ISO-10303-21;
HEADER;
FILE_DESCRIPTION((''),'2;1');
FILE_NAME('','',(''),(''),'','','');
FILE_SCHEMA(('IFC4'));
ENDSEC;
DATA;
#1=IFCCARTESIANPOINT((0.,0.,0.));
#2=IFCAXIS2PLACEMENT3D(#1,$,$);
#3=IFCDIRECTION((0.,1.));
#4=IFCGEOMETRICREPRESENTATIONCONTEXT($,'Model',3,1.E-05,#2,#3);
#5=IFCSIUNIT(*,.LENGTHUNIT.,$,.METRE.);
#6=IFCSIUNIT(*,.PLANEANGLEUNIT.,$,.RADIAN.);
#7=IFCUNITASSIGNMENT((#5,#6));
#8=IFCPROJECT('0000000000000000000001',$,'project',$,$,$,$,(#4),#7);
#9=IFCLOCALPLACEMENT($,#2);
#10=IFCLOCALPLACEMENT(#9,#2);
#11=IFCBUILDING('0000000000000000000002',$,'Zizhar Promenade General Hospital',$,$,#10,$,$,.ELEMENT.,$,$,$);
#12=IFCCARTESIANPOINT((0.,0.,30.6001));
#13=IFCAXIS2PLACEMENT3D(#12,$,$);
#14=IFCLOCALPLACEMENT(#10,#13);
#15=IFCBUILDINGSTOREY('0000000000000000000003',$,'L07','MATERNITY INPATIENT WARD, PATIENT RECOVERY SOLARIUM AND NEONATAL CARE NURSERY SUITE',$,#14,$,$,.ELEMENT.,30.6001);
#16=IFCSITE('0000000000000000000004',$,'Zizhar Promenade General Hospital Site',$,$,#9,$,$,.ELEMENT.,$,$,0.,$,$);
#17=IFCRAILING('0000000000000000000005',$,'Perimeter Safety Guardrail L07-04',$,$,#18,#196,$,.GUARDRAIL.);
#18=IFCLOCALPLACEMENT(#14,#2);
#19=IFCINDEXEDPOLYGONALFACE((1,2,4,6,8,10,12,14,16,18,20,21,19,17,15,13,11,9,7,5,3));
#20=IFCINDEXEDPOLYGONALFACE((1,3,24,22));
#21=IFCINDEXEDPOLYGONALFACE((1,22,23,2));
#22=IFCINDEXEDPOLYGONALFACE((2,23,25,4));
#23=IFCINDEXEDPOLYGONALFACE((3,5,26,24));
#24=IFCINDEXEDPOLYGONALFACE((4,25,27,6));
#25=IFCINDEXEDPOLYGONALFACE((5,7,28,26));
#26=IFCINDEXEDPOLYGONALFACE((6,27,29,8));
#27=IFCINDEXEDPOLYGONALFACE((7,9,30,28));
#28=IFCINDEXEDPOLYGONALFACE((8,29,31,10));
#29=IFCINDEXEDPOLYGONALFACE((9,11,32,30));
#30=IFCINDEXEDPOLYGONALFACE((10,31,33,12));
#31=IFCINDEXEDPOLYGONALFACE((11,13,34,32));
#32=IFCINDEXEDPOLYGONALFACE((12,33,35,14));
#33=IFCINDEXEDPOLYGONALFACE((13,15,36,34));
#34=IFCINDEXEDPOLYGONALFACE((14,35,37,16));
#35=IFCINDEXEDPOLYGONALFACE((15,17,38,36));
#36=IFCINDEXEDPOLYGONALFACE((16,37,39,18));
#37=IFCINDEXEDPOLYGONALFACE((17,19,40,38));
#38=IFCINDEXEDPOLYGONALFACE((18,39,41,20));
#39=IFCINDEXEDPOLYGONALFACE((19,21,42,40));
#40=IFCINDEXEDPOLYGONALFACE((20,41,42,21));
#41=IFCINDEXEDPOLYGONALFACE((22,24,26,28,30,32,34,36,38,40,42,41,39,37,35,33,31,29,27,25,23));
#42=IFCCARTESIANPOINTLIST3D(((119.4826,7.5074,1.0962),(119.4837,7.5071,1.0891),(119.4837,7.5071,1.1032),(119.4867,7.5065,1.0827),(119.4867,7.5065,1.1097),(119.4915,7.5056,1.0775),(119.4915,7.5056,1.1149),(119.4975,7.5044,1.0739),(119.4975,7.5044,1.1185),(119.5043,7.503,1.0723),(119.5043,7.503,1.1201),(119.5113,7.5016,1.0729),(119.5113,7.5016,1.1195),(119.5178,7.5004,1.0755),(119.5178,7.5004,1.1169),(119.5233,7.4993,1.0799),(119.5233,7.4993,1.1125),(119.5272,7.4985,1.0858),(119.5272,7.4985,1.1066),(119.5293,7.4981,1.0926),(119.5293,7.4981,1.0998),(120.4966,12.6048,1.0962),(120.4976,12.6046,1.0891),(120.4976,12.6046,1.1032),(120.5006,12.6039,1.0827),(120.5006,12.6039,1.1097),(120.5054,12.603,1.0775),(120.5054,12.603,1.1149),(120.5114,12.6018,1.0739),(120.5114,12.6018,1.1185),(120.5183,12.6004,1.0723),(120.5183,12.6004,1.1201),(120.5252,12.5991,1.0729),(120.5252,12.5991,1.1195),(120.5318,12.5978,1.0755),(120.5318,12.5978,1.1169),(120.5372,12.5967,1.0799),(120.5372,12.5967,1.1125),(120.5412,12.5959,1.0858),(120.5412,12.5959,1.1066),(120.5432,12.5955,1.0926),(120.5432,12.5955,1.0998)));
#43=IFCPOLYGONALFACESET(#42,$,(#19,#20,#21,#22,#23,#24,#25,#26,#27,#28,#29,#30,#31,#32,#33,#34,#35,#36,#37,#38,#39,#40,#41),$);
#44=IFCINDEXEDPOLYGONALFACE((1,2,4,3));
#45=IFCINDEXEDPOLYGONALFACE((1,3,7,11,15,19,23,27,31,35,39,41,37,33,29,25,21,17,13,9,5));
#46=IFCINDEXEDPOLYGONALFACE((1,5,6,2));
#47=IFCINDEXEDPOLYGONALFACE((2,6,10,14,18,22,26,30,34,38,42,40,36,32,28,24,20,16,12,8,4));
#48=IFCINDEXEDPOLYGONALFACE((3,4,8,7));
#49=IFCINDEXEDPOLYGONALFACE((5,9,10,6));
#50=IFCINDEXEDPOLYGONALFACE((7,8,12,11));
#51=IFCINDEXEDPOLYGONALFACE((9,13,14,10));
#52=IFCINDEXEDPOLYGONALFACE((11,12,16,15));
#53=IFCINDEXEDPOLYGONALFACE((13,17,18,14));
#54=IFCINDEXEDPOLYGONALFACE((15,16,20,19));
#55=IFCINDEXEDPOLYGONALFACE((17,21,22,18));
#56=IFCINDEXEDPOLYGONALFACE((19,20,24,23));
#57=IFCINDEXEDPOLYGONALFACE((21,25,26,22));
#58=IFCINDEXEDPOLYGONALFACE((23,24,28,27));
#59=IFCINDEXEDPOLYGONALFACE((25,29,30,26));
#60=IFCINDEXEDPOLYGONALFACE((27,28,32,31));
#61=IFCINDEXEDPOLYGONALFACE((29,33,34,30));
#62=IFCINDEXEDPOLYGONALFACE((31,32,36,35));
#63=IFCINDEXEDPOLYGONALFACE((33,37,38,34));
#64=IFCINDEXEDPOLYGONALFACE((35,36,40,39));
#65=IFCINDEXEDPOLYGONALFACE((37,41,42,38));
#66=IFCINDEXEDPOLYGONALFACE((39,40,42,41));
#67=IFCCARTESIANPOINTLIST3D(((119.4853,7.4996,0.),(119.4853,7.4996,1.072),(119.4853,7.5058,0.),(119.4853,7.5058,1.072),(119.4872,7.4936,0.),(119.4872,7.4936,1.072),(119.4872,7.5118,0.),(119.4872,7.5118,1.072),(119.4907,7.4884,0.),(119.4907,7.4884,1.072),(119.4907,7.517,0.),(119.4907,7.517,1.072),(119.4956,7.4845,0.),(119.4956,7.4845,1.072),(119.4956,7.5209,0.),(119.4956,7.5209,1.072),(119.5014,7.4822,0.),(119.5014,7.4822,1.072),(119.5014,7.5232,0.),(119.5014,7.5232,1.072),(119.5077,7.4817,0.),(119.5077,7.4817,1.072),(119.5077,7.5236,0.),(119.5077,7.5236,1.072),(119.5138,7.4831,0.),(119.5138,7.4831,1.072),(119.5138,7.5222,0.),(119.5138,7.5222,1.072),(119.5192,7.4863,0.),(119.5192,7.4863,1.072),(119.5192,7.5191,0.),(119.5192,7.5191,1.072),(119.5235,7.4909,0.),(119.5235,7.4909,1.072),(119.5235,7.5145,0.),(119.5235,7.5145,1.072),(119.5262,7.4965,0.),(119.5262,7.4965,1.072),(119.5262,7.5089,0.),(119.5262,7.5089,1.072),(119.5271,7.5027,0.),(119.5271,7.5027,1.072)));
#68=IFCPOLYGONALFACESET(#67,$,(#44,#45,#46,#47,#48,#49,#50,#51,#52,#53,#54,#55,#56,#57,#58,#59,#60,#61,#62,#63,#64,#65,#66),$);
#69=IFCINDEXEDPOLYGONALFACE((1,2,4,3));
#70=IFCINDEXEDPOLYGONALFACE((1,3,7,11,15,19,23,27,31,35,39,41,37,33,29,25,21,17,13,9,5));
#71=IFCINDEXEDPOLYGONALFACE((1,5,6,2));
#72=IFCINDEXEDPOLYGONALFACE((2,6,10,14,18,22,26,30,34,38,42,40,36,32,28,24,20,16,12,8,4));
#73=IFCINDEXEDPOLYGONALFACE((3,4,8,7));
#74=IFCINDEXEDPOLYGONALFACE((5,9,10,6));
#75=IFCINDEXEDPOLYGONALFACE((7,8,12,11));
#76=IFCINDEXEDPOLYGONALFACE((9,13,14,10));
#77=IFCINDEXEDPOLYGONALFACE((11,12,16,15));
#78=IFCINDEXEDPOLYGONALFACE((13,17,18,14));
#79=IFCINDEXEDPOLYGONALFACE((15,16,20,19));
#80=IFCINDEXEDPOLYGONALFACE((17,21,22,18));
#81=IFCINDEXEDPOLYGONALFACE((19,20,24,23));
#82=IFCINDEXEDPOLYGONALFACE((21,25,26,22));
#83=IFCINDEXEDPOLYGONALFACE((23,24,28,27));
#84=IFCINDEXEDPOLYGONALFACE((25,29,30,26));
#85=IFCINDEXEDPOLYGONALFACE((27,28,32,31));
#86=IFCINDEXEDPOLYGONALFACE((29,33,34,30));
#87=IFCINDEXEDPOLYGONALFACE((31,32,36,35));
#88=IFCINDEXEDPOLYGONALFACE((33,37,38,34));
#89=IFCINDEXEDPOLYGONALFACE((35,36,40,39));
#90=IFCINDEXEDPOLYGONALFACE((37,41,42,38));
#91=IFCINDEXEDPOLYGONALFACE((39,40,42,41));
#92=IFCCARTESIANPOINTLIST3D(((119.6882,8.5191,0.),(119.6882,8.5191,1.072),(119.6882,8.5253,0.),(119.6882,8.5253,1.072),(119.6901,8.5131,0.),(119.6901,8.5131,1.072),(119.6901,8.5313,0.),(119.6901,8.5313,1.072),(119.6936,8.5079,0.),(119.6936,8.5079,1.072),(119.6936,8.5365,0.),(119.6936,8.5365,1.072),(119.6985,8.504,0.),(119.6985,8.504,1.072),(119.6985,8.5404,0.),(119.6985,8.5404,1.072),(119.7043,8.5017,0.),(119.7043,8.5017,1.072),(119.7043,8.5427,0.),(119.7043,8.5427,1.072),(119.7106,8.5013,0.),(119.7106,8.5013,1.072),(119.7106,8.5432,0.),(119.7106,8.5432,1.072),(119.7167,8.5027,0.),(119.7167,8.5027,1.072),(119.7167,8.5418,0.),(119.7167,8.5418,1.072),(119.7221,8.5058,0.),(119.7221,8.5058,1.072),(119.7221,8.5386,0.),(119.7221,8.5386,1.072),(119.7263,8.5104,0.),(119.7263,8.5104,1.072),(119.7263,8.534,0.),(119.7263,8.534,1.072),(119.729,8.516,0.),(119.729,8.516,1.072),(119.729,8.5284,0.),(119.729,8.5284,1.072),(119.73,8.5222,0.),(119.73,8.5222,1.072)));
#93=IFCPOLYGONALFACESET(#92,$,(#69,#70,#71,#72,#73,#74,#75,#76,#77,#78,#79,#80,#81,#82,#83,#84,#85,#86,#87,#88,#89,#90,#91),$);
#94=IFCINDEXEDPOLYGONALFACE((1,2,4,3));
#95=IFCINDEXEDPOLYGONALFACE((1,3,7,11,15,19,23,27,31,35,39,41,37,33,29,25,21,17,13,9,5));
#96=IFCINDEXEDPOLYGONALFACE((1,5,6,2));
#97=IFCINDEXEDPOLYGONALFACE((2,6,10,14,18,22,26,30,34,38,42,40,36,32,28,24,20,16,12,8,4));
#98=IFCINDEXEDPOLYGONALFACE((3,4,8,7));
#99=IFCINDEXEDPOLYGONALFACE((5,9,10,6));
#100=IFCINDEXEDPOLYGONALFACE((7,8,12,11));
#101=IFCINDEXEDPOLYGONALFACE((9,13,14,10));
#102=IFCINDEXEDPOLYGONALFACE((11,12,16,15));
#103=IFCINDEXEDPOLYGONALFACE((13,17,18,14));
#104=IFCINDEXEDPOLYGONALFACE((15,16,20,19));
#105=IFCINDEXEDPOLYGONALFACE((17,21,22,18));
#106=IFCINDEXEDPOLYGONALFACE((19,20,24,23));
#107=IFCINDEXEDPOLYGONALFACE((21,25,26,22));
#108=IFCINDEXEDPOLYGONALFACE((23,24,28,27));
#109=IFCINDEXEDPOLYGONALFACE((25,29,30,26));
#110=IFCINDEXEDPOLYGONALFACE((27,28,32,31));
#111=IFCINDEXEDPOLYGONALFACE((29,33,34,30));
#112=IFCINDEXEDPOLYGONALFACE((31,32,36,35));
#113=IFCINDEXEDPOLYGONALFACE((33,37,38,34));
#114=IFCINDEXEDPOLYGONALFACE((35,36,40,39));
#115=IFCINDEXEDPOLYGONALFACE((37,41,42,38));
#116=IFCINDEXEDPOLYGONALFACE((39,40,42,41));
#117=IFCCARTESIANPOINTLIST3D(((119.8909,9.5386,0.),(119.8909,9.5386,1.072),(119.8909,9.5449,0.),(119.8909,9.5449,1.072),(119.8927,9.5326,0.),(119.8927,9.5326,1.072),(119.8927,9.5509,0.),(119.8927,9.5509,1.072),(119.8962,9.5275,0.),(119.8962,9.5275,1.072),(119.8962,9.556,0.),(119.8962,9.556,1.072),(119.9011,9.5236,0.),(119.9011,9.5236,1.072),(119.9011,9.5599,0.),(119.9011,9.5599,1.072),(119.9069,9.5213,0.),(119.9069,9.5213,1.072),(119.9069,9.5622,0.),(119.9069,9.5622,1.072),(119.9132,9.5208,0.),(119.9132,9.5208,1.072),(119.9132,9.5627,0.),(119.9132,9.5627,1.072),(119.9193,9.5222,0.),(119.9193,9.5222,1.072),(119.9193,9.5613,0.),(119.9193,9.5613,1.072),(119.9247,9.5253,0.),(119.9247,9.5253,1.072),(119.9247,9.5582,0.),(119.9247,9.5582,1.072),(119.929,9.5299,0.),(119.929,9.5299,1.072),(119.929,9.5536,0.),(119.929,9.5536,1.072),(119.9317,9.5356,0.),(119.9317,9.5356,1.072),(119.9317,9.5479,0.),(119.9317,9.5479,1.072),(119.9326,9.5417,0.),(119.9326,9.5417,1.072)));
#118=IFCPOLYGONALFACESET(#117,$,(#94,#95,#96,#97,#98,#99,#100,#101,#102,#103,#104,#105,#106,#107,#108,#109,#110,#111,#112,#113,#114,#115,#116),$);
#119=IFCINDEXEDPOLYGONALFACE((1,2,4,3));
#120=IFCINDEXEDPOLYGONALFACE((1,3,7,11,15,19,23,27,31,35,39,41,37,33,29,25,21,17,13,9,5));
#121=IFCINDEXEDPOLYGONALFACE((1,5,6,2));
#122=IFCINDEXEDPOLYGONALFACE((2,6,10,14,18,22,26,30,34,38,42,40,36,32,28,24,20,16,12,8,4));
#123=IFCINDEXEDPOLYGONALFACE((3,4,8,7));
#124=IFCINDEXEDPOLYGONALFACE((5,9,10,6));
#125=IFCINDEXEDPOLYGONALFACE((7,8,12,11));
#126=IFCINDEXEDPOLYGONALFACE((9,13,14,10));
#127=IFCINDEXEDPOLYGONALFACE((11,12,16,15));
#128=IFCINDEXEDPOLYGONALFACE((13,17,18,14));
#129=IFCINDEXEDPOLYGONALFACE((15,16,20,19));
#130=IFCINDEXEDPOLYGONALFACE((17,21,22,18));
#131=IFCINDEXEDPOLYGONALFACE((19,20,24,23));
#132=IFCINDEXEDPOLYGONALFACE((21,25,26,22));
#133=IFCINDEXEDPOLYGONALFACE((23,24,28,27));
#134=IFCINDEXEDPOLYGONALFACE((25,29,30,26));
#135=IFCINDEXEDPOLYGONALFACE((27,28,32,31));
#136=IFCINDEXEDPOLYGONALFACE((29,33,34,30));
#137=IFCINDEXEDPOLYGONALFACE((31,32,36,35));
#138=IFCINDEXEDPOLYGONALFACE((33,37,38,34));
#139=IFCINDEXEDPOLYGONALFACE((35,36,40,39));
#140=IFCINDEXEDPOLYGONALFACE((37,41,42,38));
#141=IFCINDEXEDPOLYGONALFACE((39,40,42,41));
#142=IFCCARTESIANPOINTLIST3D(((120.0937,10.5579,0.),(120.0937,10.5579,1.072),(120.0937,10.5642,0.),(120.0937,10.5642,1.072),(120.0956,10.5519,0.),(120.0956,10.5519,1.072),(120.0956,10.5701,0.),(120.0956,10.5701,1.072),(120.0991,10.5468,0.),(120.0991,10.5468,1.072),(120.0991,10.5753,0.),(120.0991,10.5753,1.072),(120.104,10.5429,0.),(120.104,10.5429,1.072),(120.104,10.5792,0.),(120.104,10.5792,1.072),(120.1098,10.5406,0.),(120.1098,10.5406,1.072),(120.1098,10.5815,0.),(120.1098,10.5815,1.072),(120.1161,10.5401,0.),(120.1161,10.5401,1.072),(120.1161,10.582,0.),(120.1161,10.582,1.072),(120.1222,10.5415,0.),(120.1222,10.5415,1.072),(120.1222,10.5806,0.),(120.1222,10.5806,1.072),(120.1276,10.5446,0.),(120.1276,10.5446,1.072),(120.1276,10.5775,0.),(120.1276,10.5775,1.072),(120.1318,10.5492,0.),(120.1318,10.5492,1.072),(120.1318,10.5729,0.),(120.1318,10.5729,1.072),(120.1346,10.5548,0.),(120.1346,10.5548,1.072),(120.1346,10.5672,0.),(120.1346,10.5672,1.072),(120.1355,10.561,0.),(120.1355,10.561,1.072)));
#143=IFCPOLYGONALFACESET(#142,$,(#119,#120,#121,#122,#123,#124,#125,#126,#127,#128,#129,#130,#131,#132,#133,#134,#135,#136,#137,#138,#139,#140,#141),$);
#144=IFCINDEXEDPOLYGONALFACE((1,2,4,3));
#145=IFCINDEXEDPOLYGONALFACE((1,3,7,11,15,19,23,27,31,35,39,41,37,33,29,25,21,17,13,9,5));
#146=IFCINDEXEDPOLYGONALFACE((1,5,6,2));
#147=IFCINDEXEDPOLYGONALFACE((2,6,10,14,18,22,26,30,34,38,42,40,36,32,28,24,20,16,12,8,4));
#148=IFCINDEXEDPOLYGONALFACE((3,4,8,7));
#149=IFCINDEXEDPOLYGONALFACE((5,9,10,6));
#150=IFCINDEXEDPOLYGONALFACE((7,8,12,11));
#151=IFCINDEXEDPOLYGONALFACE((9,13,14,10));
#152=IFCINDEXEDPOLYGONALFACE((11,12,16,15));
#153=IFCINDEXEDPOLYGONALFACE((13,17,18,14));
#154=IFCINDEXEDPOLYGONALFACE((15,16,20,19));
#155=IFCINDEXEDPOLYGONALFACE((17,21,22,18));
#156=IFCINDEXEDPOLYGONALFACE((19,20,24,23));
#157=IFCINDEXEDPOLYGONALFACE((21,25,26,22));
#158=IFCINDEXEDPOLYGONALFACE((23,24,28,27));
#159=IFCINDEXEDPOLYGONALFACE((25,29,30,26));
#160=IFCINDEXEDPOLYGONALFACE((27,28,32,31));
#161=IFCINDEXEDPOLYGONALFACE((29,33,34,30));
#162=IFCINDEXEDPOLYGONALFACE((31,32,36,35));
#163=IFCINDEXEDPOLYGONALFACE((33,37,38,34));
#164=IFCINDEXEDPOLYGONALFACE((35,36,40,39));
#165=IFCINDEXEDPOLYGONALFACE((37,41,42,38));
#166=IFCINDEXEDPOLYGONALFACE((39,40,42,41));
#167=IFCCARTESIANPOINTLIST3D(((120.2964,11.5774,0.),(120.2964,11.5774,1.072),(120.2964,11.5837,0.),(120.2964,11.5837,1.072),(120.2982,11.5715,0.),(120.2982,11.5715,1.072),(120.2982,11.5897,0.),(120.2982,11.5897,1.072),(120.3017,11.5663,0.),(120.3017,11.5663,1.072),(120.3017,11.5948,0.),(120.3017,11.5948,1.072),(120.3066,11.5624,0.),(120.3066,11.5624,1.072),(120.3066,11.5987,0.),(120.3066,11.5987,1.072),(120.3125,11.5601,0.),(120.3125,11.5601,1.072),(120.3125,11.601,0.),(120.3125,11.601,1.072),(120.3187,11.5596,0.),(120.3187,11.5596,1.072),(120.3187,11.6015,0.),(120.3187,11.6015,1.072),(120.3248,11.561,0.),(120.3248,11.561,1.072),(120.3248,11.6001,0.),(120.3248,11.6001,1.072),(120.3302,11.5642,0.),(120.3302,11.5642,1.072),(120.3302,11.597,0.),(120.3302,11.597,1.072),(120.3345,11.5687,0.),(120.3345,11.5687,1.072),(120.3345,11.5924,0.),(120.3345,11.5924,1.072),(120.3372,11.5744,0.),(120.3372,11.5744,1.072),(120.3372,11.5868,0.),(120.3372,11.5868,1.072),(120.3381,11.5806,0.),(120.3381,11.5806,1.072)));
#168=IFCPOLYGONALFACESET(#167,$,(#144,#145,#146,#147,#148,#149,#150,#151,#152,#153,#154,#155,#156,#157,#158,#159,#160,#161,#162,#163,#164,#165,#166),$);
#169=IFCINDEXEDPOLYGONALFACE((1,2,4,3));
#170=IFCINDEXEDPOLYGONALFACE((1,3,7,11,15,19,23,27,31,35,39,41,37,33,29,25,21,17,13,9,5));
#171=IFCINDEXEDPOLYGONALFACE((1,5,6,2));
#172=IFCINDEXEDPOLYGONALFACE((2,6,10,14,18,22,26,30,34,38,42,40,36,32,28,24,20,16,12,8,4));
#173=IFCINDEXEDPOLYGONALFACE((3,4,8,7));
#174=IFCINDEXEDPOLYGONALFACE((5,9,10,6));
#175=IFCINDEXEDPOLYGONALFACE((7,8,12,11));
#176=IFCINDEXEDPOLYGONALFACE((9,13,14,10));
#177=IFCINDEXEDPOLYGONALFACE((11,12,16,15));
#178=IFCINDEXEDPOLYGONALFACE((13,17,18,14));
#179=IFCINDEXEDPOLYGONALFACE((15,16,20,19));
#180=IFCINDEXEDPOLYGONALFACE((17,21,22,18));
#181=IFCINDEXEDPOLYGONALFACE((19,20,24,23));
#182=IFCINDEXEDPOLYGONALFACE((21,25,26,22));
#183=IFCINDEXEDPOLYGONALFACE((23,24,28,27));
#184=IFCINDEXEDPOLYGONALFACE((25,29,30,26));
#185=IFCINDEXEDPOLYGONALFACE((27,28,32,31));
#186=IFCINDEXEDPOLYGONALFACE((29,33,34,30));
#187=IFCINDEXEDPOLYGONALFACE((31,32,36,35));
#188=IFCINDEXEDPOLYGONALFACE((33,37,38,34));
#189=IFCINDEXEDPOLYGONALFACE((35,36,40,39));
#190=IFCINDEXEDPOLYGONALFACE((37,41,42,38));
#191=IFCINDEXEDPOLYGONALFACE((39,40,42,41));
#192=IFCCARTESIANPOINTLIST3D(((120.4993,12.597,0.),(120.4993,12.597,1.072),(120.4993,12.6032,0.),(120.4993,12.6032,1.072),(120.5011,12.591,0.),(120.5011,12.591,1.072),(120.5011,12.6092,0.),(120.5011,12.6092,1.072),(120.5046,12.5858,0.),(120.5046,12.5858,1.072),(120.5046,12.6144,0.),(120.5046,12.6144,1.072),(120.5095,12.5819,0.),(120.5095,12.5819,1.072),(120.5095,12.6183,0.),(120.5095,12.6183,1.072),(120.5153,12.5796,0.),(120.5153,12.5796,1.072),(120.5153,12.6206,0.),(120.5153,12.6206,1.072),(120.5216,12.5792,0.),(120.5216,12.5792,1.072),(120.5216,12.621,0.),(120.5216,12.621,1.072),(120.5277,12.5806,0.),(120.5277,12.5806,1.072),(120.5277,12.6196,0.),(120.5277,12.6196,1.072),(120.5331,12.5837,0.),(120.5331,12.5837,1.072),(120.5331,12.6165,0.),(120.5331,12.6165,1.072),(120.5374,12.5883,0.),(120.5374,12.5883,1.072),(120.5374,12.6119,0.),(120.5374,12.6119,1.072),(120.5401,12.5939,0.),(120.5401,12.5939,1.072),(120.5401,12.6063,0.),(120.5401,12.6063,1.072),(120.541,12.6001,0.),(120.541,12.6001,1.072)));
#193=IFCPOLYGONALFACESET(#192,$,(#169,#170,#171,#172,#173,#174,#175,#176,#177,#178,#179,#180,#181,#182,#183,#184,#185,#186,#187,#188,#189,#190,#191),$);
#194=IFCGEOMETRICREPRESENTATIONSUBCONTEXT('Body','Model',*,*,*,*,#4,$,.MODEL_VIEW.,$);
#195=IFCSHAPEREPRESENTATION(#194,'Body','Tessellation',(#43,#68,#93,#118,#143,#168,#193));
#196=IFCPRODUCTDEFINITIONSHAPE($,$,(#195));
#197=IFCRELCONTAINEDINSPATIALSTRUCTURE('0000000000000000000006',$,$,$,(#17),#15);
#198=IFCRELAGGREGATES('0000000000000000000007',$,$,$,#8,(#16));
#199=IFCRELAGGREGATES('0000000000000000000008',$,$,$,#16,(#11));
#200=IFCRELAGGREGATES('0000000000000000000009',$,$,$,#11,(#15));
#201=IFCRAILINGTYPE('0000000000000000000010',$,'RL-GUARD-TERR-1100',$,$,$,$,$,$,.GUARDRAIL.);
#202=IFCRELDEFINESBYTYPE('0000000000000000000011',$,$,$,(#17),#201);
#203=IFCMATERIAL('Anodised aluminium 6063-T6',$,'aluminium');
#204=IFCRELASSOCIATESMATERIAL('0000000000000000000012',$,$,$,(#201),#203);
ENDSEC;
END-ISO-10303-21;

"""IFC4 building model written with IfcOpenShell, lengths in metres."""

from ifc_helpers import new_model, si_unit, direction, frame, origin, origin_2d, place, context, subcontext, project, spatial, circle, hollow_circle, extrude, material, material_profile, profile_set, type_object, element, save


model = new_model("IFC4")

# Units and contexts
model_context = context("Model", 3, precision=1e-05, world=origin(), true_north=direction((0.0, 1.0)))
body_context = subcontext(model_context, "Body", "Model", "MODEL_VIEW")
ifc_project = project(units=[si_unit("LENGTHUNIT", "METRE"), si_unit("PLANEANGLEUNIT", "RADIAN")], contexts=[model_context])

# Site, building, storey
site_placement = place(None, origin())
site = spatial("IfcSite", under=ifc_project, at=site_placement, Name="Zizhar Promenade General Hospital Site", CompositionType="ELEMENT", RefElevation=0.0)
building_placement = place(site_placement, origin())
building = spatial("IfcBuilding", under=site, at=building_placement, Name="Zizhar Promenade General Hospital", CompositionType="ELEMENT")
storey_placement = place(building_placement, frame((0.0, 0.0, 30.6001)))
storey = spatial("IfcBuildingStorey", under=building, at=storey_placement, Name="L07", Description="MATERNITY INPATIENT WARD, PATIENT RECOVERY SOLARIUM AND NEONATAL CARE NURSERY SUITE", CompositionType="ELEMENT", Elevation=30.6001)

# Railing
ifc_material_1 = material(Name="Anodised aluminium 6063-T6", Category="aluminium")
ifc_material_profile_1 = material_profile(ifc_material_1, hollow_circle(Radius=0.0698, WallThickness=0.0063, at=origin_2d()))
ifc_profile_set_1 = profile_set([ifc_material_profile_1], Name="Anodised aluminium 6063-T6")
railing_type = type_object("IfcRailingType", Name="RL-GUARD-TERR-1100", PredefinedType="GUARDRAIL", material=ifc_profile_set_1)
railing_1_placement = place(storey_placement, frame((119.5061, 7.5027, 0.0)))
element("IfcRailing", 1, at=railing_1_placement, inside=storey, type_object=railing_type, Name="Perimeter Safety Guardrail L07-04", PredefinedType="GUARDRAIL", context=body_context, shape_type="SweptSolid", body=[
    extrude(circle(Radius=0.0239, at=origin_2d()), frame((0.0, 0.0, 1.0962), z_axis=(0.195086, 0.980786, 0.0), x_axis=(-0.980786, 0.195086, 0.0)), (0.0, 0.0, 1.0), 5.1973),
    extrude(circle(Radius=0.021, at=origin_2d()), origin(), (0.0, 0.0, 1.0), 1.072),
    extrude(circle(Radius=0.021, at=origin_2d()), frame((0.2029, 1.0195, 0.0)), (0.0, 0.0, 1.0), 1.072),
    extrude(circle(Radius=0.021, at=origin_2d()), frame((0.4055, 2.0391, 0.0)), (0.0, 0.0, 1.0), 1.072),
    extrude(circle(Radius=0.021, at=origin_2d()), frame((0.6084, 3.0583, 0.0)), (0.0, 0.0, 1.0), 1.072),
    extrude(circle(Radius=0.021, at=origin_2d()), frame((0.811, 4.0779, 0.0)), (0.0, 0.0, 1.0), 1.072),
    extrude(circle(Radius=0.021, at=origin_2d()), frame((1.0139, 5.0974, 0.0)), (0.0, 0.0, 1.0), 1.072),
])

save(model, "model.ifc")
